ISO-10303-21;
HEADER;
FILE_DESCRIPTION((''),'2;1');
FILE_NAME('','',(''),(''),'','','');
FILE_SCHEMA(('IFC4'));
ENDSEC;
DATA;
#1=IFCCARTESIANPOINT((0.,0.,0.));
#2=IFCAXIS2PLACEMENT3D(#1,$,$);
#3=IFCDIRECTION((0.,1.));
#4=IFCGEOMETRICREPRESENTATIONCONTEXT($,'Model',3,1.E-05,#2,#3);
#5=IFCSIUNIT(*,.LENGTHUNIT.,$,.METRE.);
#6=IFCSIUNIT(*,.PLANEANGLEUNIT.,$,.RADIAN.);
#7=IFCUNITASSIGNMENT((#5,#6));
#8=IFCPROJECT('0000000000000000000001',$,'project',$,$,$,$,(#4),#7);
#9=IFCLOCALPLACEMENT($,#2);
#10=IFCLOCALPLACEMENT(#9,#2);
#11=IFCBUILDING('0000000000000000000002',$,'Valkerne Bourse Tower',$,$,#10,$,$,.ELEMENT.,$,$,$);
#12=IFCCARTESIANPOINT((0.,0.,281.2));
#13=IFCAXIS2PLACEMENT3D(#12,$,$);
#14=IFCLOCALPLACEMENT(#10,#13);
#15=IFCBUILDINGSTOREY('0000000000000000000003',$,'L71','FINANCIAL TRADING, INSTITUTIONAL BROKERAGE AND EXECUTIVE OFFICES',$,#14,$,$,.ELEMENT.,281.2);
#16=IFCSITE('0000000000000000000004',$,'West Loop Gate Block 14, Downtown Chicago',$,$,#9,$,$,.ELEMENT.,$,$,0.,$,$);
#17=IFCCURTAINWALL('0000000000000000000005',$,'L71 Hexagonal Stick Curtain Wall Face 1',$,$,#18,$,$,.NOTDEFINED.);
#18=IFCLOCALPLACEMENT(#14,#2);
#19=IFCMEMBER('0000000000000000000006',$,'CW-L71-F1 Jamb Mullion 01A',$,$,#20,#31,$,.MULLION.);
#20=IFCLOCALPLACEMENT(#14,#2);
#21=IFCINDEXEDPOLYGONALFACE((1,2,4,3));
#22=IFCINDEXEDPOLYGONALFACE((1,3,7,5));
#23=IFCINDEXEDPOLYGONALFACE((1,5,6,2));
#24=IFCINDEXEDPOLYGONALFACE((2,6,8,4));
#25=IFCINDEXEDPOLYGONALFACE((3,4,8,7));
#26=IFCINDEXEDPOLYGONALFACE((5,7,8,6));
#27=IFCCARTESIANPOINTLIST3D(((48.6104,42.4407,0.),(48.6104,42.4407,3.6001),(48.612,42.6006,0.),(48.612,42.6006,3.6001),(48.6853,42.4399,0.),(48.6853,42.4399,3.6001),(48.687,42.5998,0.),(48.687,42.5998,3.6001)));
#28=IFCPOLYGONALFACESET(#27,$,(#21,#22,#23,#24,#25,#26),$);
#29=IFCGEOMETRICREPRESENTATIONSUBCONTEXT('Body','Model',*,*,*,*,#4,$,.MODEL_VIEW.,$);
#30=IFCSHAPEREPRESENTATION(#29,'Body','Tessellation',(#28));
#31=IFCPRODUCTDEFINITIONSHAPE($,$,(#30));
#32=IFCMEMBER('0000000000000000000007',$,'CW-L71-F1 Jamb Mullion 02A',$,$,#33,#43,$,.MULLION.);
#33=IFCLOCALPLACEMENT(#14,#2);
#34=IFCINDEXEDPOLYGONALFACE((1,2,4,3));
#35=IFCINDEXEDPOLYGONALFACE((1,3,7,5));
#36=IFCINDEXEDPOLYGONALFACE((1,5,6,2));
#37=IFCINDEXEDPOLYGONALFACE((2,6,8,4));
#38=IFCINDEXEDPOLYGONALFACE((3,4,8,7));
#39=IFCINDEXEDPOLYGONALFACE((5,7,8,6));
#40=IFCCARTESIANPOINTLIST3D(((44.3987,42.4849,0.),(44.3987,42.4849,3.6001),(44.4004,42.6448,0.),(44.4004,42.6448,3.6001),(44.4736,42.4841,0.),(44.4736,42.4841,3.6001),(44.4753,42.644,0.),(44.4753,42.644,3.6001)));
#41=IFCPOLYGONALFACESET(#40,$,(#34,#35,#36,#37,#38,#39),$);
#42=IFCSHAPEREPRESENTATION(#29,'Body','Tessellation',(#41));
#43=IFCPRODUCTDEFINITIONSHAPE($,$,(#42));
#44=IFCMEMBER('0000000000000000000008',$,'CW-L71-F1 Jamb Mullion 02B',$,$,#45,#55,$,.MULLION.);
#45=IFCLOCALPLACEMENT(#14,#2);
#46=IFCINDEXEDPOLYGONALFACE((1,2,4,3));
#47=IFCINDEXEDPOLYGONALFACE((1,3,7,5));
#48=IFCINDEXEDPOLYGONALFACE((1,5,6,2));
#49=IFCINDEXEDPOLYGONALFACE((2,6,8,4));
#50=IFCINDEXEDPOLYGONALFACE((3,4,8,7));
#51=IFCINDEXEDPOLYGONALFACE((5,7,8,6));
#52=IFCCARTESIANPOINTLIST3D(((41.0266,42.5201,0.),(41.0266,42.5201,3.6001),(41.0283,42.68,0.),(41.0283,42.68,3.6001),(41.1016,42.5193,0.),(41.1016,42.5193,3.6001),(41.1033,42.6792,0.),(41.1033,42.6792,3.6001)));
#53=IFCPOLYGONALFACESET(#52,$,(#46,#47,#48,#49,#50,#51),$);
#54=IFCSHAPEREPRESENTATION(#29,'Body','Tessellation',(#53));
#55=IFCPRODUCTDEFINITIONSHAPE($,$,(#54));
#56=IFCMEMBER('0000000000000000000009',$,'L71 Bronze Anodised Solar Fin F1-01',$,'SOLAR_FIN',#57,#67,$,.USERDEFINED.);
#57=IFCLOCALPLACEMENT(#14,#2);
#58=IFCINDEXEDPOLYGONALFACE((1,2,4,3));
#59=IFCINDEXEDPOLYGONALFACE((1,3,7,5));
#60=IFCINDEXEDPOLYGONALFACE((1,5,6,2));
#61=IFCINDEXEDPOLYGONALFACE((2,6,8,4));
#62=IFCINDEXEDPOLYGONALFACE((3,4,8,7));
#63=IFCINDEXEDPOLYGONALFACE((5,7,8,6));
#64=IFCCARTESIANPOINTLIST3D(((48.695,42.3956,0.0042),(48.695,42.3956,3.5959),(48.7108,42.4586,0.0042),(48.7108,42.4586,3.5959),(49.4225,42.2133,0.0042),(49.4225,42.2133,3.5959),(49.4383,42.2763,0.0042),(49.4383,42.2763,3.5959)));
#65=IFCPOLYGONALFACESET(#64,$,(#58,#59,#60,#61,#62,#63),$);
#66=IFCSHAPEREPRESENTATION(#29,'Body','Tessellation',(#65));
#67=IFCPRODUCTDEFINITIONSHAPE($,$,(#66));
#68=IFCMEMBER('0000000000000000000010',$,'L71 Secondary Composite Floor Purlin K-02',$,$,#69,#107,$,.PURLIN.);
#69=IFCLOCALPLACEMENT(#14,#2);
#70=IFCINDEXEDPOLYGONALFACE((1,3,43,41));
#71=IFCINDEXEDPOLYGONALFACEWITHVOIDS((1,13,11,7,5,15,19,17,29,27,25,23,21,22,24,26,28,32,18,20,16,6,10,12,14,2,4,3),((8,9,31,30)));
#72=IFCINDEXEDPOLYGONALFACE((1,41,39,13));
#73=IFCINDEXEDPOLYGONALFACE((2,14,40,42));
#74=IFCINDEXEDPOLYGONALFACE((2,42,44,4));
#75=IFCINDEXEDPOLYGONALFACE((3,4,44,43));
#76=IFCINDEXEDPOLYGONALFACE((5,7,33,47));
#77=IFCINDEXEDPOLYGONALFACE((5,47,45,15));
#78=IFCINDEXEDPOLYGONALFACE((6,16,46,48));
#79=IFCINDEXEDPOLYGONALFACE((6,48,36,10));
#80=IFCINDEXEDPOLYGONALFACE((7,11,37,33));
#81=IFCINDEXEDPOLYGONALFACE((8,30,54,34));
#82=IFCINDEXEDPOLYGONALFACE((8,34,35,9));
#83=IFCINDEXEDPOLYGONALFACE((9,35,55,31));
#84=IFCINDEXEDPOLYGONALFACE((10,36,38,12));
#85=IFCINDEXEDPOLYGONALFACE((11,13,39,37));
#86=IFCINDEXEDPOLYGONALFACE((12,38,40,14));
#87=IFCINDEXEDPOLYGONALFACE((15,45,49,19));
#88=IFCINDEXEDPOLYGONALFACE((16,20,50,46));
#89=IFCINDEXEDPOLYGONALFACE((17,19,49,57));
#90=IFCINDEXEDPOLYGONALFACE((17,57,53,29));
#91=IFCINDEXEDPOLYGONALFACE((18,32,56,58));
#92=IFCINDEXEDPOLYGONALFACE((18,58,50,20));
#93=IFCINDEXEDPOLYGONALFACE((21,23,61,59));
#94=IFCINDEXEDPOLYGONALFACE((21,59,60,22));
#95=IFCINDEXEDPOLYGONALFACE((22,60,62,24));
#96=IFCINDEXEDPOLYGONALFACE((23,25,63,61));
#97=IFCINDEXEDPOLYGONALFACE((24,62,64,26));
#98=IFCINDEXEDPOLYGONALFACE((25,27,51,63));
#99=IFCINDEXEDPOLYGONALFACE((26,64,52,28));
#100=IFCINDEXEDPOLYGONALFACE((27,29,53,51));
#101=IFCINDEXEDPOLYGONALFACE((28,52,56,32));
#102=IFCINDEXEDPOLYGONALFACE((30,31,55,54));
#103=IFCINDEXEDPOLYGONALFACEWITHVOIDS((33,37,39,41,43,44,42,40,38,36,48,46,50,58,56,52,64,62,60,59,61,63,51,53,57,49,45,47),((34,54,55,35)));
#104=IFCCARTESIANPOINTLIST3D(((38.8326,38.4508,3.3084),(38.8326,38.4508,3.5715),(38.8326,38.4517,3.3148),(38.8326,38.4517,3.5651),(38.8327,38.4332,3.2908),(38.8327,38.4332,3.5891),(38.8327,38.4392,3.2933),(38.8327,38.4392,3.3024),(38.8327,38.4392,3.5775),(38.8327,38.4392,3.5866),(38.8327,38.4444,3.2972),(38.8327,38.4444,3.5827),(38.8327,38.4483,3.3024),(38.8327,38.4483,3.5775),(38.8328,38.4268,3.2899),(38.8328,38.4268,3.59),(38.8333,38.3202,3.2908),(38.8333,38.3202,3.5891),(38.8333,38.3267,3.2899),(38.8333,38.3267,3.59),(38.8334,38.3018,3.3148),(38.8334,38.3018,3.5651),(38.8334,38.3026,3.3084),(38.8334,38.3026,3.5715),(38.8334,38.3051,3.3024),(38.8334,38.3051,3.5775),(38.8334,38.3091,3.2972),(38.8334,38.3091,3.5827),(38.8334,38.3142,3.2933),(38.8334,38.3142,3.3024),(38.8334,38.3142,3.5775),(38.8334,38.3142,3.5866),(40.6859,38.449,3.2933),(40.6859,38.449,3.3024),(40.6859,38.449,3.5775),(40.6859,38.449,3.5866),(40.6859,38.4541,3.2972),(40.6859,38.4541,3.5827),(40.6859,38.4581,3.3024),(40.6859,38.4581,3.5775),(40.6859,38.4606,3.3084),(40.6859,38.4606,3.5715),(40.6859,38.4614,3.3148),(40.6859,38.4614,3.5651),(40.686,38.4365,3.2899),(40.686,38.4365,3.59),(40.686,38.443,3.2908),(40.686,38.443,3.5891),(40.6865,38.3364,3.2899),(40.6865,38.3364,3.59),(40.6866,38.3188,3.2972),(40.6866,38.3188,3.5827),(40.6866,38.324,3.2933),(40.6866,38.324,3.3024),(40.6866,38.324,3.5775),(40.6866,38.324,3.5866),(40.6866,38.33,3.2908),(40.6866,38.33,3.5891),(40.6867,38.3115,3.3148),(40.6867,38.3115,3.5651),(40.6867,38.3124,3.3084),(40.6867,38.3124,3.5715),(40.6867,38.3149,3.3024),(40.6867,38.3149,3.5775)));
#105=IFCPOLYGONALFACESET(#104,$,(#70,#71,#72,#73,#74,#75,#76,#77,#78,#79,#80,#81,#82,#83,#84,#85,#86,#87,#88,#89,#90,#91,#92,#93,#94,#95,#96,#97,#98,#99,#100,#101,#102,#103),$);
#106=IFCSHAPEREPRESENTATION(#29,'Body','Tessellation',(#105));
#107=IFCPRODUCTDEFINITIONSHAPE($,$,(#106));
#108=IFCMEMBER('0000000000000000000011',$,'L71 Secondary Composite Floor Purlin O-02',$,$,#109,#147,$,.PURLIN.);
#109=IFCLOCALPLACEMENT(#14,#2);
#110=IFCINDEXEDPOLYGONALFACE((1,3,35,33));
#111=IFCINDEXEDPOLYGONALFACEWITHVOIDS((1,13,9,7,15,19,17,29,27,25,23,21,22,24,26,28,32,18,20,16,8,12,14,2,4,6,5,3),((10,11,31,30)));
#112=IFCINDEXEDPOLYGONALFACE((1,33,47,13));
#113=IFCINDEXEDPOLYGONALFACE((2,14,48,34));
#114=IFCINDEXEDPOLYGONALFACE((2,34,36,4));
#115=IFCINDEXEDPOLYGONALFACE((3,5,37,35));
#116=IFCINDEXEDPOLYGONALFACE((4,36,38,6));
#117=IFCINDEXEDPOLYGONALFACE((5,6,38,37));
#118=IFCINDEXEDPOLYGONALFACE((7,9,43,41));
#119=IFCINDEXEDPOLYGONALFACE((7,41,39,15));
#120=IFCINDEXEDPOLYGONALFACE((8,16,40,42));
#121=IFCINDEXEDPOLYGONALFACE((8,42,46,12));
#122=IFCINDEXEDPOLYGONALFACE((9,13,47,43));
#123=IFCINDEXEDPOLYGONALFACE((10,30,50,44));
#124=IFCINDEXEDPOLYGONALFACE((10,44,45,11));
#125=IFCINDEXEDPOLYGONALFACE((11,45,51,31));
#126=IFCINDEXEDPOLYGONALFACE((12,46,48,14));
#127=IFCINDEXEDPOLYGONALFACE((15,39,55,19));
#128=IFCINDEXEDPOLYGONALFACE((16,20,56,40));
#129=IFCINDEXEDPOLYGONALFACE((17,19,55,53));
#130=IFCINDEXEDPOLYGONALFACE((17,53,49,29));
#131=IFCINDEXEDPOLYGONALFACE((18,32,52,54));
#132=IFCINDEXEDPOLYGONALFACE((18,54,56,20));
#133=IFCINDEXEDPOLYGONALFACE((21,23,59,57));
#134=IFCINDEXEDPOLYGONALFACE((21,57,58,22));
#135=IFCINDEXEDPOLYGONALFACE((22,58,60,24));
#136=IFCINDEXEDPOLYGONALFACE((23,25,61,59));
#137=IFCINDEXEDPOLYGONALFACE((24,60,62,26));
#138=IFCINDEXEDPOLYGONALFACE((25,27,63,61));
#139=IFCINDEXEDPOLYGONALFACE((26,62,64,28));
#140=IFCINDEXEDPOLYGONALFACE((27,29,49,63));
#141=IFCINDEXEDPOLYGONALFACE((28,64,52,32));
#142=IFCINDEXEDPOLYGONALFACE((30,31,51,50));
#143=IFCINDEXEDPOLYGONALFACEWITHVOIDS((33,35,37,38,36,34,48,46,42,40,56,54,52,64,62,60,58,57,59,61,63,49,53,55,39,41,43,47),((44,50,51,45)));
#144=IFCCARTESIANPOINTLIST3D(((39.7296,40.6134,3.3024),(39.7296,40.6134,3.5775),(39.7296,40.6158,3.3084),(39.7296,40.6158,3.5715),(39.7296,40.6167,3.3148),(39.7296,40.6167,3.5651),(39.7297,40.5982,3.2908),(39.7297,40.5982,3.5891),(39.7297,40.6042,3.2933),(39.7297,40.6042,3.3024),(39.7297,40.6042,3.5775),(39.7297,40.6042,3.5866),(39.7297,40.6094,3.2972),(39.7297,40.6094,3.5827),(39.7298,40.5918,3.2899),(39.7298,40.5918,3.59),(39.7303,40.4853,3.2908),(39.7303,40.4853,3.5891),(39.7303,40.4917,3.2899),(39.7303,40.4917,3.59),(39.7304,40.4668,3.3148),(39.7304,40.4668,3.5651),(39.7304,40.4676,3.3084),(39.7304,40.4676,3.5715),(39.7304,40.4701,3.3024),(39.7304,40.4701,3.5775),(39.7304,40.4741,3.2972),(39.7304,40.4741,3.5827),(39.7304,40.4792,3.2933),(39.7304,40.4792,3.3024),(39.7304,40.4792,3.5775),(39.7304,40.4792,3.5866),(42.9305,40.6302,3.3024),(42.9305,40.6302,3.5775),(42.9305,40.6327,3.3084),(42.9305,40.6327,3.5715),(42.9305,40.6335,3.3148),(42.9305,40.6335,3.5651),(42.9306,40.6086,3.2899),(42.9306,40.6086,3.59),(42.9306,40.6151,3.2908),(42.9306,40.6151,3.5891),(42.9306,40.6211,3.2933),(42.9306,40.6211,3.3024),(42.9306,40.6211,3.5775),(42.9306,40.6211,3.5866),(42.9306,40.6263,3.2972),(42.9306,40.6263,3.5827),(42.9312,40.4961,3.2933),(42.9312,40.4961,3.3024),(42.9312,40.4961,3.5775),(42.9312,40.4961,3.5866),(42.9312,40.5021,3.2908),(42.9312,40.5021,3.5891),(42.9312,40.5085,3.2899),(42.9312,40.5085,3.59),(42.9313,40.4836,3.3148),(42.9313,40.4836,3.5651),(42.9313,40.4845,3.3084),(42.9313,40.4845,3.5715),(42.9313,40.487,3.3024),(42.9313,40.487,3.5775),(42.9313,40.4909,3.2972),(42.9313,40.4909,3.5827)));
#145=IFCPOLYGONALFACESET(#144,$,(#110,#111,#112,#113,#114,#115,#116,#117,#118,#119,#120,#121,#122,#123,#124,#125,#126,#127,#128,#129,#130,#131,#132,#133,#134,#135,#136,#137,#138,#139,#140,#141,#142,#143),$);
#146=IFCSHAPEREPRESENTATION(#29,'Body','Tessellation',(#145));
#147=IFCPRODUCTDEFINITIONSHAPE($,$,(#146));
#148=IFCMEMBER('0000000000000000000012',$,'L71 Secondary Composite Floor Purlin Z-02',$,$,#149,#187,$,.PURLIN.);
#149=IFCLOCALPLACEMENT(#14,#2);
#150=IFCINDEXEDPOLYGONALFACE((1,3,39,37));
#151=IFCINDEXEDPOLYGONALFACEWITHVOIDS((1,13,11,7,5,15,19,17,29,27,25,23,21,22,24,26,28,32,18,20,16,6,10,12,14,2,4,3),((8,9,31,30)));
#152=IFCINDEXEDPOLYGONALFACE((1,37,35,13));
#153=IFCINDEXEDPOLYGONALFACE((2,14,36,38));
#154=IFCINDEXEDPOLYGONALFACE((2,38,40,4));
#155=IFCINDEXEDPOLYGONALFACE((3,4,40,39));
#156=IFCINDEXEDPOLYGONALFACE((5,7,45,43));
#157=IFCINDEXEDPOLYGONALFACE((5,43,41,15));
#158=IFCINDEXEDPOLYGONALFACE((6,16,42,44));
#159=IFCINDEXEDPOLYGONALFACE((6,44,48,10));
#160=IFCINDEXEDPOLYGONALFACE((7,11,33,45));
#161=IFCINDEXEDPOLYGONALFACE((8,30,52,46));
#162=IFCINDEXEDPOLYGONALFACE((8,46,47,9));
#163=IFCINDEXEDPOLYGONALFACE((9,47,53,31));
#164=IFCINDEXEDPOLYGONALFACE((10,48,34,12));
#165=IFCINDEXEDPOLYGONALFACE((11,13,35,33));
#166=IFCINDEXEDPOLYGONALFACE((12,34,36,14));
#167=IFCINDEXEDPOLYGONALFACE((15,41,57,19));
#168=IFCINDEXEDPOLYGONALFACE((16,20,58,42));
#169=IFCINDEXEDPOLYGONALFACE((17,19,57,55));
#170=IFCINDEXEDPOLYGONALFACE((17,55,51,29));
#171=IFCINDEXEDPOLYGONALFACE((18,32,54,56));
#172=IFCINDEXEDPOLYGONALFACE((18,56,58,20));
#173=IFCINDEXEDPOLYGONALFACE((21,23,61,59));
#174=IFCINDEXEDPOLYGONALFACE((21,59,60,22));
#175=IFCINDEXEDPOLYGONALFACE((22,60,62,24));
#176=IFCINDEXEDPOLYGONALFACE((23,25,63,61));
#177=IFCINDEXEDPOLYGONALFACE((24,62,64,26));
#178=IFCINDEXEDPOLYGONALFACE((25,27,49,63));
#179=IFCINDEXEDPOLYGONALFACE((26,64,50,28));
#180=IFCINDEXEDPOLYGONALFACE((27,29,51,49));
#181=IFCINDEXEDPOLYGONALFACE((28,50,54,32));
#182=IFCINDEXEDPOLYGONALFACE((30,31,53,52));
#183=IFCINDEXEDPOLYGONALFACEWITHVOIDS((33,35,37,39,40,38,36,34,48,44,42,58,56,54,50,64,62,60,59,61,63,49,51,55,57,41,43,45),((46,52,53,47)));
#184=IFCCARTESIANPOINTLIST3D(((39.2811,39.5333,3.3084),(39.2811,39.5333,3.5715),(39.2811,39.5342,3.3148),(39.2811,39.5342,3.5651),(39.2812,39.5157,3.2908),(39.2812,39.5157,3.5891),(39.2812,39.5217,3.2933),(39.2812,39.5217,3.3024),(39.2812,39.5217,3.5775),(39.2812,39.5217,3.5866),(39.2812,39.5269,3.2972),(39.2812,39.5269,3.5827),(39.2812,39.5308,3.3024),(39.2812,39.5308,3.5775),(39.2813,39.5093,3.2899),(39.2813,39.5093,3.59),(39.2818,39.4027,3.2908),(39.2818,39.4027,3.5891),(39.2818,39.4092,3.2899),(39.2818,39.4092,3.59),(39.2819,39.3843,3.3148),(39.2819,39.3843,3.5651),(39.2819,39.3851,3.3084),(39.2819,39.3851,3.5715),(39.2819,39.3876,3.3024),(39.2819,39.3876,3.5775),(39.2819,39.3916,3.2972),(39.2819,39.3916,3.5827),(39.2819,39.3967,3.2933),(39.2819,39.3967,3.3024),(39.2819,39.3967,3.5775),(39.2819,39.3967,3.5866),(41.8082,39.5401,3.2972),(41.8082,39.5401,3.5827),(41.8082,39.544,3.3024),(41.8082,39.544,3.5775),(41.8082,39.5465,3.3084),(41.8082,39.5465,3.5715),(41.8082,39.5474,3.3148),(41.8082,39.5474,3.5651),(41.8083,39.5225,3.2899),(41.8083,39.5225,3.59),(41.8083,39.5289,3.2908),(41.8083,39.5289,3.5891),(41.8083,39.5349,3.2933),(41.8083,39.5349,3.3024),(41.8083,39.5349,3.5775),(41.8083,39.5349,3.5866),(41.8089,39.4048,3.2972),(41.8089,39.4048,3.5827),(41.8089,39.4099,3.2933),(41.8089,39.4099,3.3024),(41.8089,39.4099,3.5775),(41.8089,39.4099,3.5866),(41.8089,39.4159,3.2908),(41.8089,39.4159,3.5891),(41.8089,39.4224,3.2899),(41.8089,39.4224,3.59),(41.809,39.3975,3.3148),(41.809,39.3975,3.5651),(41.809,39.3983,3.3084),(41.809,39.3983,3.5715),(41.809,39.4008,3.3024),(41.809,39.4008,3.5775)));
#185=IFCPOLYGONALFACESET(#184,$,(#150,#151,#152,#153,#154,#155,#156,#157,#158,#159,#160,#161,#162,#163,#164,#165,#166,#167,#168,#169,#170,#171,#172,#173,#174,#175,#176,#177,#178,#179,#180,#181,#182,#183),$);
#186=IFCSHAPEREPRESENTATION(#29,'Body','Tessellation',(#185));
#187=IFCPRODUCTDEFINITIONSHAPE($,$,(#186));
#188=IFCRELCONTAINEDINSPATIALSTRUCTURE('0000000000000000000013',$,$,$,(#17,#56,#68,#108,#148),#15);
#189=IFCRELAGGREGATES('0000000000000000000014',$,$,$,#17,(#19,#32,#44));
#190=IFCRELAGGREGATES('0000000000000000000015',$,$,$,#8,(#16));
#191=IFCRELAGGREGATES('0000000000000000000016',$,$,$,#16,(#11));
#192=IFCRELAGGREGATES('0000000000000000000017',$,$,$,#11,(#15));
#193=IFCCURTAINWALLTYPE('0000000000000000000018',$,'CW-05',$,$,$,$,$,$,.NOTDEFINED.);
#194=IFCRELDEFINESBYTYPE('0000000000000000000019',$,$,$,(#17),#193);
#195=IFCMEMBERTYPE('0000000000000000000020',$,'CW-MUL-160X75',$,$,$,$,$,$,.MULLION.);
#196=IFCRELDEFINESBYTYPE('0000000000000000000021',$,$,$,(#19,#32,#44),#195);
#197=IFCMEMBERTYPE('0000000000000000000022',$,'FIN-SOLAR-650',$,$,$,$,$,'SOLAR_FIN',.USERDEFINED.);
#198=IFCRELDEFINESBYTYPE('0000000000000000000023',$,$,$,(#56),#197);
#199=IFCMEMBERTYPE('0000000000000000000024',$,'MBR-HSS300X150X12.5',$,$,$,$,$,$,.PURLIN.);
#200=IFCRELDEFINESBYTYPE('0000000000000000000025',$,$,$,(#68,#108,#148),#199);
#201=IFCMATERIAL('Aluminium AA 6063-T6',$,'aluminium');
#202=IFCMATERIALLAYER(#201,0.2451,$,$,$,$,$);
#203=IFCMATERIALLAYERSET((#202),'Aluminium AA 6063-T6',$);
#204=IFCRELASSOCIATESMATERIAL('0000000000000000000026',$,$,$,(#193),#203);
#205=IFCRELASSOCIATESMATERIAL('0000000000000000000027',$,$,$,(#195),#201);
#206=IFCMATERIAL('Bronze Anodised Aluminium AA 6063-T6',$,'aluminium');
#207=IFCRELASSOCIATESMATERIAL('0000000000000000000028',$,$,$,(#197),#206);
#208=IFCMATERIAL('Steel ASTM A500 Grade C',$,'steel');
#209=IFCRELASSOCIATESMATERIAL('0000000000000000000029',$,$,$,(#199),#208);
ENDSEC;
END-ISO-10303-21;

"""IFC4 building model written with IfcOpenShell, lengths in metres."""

from ifc_helpers import new_model, si_unit, direction, frame, origin, origin_2d, place, context, subcontext, project, spatial, rectangle, hollow_rectangle, extrude, material, layer, layer_set, material_profile, profile_set, type_object, element, aggregate, save


model = new_model("IFC4")

# Units and contexts
model_context = context("Model", 3, precision=1e-05, world=origin(), true_north=direction((0.0, 1.0)))
body_context = subcontext(model_context, "Body", "Model", "MODEL_VIEW")
ifc_project = project(units=[si_unit("LENGTHUNIT", "METRE"), si_unit("PLANEANGLEUNIT", "RADIAN")], contexts=[model_context])

# Site, building, storey
site_placement = place(None, origin())
site = spatial("IfcSite", under=ifc_project, at=site_placement, Name="West Loop Gate Block 14, Downtown Chicago", CompositionType="ELEMENT", RefElevation=0.0)
building_placement = place(site_placement, origin())
building = spatial("IfcBuilding", under=site, at=building_placement, Name="Valkerne Bourse Tower", CompositionType="ELEMENT")
storey_placement = place(building_placement, frame((0.0, 0.0, 281.2)))
storey = spatial("IfcBuildingStorey", under=building, at=storey_placement, Name="L71", Description="FINANCIAL TRADING, INSTITUTIONAL BROKERAGE AND EXECUTIVE OFFICES", CompositionType="ELEMENT", Elevation=281.2)

# Curtain wall, members
ifc_material_1 = material(Name="Aluminium AA 6063-T6", Category="aluminium")
ifc_layer_1 = layer(ifc_material_1, 0.2451)
ifc_layer_set_1 = layer_set([ifc_layer_1], Name="Aluminium AA 6063-T6")
curtain_wall_type = type_object("IfcCurtainWallType", Name="CW-05", PredefinedType="NOTDEFINED", material=ifc_layer_set_1)
curtain_wall_placement = place(storey_placement, origin())
curtain_wall = element("IfcCurtainWall", 1, at=curtain_wall_placement, inside=storey, type_object=curtain_wall_type, Name="L71 Hexagonal Stick Curtain Wall Face 1", PredefinedType="NOTDEFINED")
ifc_material_profile_1 = material_profile(ifc_material_1, rectangle(XDim=0.075, YDim=0.1599, at=origin_2d()), Name="CWM-75X160")
ifc_profile_set_1 = profile_set([ifc_material_profile_1], Name="Aluminium AA 6063-T6")
member_type_1 = type_object("IfcMemberType", Name="CW-MUL-160X75", PredefinedType="MULLION", material=ifc_profile_set_1)
member_1_placement = place(storey_placement, frame((48.6487, 42.5203, 0.0), z_axis=(0.0, 0.0, 1.0), x_axis=(-0.999945, 0.01047, 0.0)))
member_1 = element("IfcMember", 2, at=member_1_placement, type_object=member_type_1, Name="CW-L71-F1 Jamb Mullion 01A", PredefinedType="MULLION", context=body_context, shape_type="SweptSolid", body=[
    extrude(rectangle(XDim=0.075, YDim=0.1599, at=origin_2d()), origin(), (0.0, 0.0, 1.0), 3.6001),
])
member_2_placement = place(storey_placement, frame((44.437, 42.5645, 0.0), z_axis=(0.0, 0.0, 1.0), x_axis=(-0.999945, 0.01047, 0.0)))
member_2 = element("IfcMember", 3, at=member_2_placement, type_object=member_type_1, Name="CW-L71-F1 Jamb Mullion 02A", PredefinedType="MULLION", context=body_context, shape_type="SweptSolid", body=[
    extrude(rectangle(XDim=0.075, YDim=0.1599, at=origin_2d()), origin(), (0.0, 0.0, 1.0), 3.6001),
])
member_3_placement = place(storey_placement, frame((41.0649, 42.5996, 0.0), z_axis=(0.0, 0.0, 1.0), x_axis=(-0.999945, 0.01047, 0.0)))
member_3 = element("IfcMember", 4, at=member_3_placement, type_object=member_type_1, Name="CW-L71-F1 Jamb Mullion 02B", PredefinedType="MULLION", context=body_context, shape_type="SweptSolid", body=[
    extrude(rectangle(XDim=0.075, YDim=0.1599, at=origin_2d()), origin(), (0.0, 0.0, 1.0), 3.6001),
])

# Members
ifc_material_2 = material(Name="Bronze Anodised Aluminium AA 6063-T6", Category="aluminium")
ifc_material_profile_2 = material_profile(ifc_material_2, rectangle(XDim=0.0649, YDim=0.75, at=origin_2d()), Name="FIN-65X750")
ifc_profile_set_2 = profile_set([ifc_material_profile_2], Name="Bronze Anodised Aluminium AA 6063-T6")
member_type_2 = type_object("IfcMemberType", Name="FIN-SOLAR-650", ElementType="SOLAR_FIN", PredefinedType="USERDEFINED", material=ifc_profile_set_2)
member_4_placement = place(storey_placement, frame((49.0667, 42.3359, 0.0042), z_axis=(0.0, 0.0, 1.0), x_axis=(0.24301, 0.970024, 0.0)))
element("IfcMember", 5, at=member_4_placement, inside=storey, type_object=member_type_2, Name="L71 Bronze Anodised Solar Fin F1-01", ObjectType="SOLAR_FIN", PredefinedType="USERDEFINED", context=body_context, shape_type="SweptSolid", body=[
    extrude(rectangle(XDim=0.0649, YDim=0.75, at=origin_2d()), origin(), (0.0, 0.0, 1.0), 3.5918),
])
ifc_material_3 = material(Name="Steel ASTM A500 Grade C", Category="steel")
ifc_material_profile_3 = material_profile(ifc_material_3, hollow_rectangle(XDim=0.1499, YDim=0.3, WallThickness=0.0125, OuterFilletRadius=0.0249, at=origin_2d()), Name="HSS300X150X12.5")
ifc_profile_set_3 = profile_set([ifc_material_profile_3], Name="Steel ASTM A500 Grade C")
member_type_3 = type_object("IfcMemberType", Name="MBR-HSS300X150X12.5", PredefinedType="PURLIN", material=ifc_profile_set_3)
member_5_placement = place(storey_placement, frame((40.6863, 38.3865, 3.4399), z_axis=(-0.999986, -0.005269, 0.0), x_axis=(0.005269, -0.999986, 0.0)))
element("IfcMember", 6, at=member_5_placement, inside=storey, type_object=member_type_3, Name="L71 Secondary Composite Floor Purlin K-02", PredefinedType="PURLIN", context=body_context, shape_type="SweptSolid", body=[
    extrude(hollow_rectangle(XDim=0.1499, YDim=0.3, WallThickness=0.0125, OuterFilletRadius=0.0249, at=origin_2d()), origin(), (0.0, 0.0, 1.0), 1.8533),
])
member_6_placement = place(storey_placement, frame((42.9309, 40.5586, 3.4399), z_axis=(-0.999986, -0.005263, 0.0), x_axis=(0.005263, -0.999986, 0.0)))
element("IfcMember", 7, at=member_6_placement, inside=storey, type_object=member_type_3, Name="L71 Secondary Composite Floor Purlin O-02", PredefinedType="PURLIN", context=body_context, shape_type="SweptSolid", body=[
    extrude(hollow_rectangle(XDim=0.1499, YDim=0.3, WallThickness=0.0125, OuterFilletRadius=0.0249, at=origin_2d()), origin(), (0.0, 0.0, 1.0), 3.2009),
])
member_7_placement = place(storey_placement, frame((41.8086, 39.4724, 3.4399), z_axis=(-0.999986, -0.005217, 0.0), x_axis=(0.005217, -0.999986, 0.0)))
element("IfcMember", 8, at=member_7_placement, inside=storey, type_object=member_type_3, Name="L71 Secondary Composite Floor Purlin Z-02", PredefinedType="PURLIN", context=body_context, shape_type="SweptSolid", body=[
    extrude(hollow_rectangle(XDim=0.1499, YDim=0.3, WallThickness=0.0125, OuterFilletRadius=0.0249, at=origin_2d()), origin(), (0.0, 0.0, 1.0), 2.5271),
])

aggregate(curtain_wall, [member_1, member_2, member_3])

save(model, "model.ifc")
